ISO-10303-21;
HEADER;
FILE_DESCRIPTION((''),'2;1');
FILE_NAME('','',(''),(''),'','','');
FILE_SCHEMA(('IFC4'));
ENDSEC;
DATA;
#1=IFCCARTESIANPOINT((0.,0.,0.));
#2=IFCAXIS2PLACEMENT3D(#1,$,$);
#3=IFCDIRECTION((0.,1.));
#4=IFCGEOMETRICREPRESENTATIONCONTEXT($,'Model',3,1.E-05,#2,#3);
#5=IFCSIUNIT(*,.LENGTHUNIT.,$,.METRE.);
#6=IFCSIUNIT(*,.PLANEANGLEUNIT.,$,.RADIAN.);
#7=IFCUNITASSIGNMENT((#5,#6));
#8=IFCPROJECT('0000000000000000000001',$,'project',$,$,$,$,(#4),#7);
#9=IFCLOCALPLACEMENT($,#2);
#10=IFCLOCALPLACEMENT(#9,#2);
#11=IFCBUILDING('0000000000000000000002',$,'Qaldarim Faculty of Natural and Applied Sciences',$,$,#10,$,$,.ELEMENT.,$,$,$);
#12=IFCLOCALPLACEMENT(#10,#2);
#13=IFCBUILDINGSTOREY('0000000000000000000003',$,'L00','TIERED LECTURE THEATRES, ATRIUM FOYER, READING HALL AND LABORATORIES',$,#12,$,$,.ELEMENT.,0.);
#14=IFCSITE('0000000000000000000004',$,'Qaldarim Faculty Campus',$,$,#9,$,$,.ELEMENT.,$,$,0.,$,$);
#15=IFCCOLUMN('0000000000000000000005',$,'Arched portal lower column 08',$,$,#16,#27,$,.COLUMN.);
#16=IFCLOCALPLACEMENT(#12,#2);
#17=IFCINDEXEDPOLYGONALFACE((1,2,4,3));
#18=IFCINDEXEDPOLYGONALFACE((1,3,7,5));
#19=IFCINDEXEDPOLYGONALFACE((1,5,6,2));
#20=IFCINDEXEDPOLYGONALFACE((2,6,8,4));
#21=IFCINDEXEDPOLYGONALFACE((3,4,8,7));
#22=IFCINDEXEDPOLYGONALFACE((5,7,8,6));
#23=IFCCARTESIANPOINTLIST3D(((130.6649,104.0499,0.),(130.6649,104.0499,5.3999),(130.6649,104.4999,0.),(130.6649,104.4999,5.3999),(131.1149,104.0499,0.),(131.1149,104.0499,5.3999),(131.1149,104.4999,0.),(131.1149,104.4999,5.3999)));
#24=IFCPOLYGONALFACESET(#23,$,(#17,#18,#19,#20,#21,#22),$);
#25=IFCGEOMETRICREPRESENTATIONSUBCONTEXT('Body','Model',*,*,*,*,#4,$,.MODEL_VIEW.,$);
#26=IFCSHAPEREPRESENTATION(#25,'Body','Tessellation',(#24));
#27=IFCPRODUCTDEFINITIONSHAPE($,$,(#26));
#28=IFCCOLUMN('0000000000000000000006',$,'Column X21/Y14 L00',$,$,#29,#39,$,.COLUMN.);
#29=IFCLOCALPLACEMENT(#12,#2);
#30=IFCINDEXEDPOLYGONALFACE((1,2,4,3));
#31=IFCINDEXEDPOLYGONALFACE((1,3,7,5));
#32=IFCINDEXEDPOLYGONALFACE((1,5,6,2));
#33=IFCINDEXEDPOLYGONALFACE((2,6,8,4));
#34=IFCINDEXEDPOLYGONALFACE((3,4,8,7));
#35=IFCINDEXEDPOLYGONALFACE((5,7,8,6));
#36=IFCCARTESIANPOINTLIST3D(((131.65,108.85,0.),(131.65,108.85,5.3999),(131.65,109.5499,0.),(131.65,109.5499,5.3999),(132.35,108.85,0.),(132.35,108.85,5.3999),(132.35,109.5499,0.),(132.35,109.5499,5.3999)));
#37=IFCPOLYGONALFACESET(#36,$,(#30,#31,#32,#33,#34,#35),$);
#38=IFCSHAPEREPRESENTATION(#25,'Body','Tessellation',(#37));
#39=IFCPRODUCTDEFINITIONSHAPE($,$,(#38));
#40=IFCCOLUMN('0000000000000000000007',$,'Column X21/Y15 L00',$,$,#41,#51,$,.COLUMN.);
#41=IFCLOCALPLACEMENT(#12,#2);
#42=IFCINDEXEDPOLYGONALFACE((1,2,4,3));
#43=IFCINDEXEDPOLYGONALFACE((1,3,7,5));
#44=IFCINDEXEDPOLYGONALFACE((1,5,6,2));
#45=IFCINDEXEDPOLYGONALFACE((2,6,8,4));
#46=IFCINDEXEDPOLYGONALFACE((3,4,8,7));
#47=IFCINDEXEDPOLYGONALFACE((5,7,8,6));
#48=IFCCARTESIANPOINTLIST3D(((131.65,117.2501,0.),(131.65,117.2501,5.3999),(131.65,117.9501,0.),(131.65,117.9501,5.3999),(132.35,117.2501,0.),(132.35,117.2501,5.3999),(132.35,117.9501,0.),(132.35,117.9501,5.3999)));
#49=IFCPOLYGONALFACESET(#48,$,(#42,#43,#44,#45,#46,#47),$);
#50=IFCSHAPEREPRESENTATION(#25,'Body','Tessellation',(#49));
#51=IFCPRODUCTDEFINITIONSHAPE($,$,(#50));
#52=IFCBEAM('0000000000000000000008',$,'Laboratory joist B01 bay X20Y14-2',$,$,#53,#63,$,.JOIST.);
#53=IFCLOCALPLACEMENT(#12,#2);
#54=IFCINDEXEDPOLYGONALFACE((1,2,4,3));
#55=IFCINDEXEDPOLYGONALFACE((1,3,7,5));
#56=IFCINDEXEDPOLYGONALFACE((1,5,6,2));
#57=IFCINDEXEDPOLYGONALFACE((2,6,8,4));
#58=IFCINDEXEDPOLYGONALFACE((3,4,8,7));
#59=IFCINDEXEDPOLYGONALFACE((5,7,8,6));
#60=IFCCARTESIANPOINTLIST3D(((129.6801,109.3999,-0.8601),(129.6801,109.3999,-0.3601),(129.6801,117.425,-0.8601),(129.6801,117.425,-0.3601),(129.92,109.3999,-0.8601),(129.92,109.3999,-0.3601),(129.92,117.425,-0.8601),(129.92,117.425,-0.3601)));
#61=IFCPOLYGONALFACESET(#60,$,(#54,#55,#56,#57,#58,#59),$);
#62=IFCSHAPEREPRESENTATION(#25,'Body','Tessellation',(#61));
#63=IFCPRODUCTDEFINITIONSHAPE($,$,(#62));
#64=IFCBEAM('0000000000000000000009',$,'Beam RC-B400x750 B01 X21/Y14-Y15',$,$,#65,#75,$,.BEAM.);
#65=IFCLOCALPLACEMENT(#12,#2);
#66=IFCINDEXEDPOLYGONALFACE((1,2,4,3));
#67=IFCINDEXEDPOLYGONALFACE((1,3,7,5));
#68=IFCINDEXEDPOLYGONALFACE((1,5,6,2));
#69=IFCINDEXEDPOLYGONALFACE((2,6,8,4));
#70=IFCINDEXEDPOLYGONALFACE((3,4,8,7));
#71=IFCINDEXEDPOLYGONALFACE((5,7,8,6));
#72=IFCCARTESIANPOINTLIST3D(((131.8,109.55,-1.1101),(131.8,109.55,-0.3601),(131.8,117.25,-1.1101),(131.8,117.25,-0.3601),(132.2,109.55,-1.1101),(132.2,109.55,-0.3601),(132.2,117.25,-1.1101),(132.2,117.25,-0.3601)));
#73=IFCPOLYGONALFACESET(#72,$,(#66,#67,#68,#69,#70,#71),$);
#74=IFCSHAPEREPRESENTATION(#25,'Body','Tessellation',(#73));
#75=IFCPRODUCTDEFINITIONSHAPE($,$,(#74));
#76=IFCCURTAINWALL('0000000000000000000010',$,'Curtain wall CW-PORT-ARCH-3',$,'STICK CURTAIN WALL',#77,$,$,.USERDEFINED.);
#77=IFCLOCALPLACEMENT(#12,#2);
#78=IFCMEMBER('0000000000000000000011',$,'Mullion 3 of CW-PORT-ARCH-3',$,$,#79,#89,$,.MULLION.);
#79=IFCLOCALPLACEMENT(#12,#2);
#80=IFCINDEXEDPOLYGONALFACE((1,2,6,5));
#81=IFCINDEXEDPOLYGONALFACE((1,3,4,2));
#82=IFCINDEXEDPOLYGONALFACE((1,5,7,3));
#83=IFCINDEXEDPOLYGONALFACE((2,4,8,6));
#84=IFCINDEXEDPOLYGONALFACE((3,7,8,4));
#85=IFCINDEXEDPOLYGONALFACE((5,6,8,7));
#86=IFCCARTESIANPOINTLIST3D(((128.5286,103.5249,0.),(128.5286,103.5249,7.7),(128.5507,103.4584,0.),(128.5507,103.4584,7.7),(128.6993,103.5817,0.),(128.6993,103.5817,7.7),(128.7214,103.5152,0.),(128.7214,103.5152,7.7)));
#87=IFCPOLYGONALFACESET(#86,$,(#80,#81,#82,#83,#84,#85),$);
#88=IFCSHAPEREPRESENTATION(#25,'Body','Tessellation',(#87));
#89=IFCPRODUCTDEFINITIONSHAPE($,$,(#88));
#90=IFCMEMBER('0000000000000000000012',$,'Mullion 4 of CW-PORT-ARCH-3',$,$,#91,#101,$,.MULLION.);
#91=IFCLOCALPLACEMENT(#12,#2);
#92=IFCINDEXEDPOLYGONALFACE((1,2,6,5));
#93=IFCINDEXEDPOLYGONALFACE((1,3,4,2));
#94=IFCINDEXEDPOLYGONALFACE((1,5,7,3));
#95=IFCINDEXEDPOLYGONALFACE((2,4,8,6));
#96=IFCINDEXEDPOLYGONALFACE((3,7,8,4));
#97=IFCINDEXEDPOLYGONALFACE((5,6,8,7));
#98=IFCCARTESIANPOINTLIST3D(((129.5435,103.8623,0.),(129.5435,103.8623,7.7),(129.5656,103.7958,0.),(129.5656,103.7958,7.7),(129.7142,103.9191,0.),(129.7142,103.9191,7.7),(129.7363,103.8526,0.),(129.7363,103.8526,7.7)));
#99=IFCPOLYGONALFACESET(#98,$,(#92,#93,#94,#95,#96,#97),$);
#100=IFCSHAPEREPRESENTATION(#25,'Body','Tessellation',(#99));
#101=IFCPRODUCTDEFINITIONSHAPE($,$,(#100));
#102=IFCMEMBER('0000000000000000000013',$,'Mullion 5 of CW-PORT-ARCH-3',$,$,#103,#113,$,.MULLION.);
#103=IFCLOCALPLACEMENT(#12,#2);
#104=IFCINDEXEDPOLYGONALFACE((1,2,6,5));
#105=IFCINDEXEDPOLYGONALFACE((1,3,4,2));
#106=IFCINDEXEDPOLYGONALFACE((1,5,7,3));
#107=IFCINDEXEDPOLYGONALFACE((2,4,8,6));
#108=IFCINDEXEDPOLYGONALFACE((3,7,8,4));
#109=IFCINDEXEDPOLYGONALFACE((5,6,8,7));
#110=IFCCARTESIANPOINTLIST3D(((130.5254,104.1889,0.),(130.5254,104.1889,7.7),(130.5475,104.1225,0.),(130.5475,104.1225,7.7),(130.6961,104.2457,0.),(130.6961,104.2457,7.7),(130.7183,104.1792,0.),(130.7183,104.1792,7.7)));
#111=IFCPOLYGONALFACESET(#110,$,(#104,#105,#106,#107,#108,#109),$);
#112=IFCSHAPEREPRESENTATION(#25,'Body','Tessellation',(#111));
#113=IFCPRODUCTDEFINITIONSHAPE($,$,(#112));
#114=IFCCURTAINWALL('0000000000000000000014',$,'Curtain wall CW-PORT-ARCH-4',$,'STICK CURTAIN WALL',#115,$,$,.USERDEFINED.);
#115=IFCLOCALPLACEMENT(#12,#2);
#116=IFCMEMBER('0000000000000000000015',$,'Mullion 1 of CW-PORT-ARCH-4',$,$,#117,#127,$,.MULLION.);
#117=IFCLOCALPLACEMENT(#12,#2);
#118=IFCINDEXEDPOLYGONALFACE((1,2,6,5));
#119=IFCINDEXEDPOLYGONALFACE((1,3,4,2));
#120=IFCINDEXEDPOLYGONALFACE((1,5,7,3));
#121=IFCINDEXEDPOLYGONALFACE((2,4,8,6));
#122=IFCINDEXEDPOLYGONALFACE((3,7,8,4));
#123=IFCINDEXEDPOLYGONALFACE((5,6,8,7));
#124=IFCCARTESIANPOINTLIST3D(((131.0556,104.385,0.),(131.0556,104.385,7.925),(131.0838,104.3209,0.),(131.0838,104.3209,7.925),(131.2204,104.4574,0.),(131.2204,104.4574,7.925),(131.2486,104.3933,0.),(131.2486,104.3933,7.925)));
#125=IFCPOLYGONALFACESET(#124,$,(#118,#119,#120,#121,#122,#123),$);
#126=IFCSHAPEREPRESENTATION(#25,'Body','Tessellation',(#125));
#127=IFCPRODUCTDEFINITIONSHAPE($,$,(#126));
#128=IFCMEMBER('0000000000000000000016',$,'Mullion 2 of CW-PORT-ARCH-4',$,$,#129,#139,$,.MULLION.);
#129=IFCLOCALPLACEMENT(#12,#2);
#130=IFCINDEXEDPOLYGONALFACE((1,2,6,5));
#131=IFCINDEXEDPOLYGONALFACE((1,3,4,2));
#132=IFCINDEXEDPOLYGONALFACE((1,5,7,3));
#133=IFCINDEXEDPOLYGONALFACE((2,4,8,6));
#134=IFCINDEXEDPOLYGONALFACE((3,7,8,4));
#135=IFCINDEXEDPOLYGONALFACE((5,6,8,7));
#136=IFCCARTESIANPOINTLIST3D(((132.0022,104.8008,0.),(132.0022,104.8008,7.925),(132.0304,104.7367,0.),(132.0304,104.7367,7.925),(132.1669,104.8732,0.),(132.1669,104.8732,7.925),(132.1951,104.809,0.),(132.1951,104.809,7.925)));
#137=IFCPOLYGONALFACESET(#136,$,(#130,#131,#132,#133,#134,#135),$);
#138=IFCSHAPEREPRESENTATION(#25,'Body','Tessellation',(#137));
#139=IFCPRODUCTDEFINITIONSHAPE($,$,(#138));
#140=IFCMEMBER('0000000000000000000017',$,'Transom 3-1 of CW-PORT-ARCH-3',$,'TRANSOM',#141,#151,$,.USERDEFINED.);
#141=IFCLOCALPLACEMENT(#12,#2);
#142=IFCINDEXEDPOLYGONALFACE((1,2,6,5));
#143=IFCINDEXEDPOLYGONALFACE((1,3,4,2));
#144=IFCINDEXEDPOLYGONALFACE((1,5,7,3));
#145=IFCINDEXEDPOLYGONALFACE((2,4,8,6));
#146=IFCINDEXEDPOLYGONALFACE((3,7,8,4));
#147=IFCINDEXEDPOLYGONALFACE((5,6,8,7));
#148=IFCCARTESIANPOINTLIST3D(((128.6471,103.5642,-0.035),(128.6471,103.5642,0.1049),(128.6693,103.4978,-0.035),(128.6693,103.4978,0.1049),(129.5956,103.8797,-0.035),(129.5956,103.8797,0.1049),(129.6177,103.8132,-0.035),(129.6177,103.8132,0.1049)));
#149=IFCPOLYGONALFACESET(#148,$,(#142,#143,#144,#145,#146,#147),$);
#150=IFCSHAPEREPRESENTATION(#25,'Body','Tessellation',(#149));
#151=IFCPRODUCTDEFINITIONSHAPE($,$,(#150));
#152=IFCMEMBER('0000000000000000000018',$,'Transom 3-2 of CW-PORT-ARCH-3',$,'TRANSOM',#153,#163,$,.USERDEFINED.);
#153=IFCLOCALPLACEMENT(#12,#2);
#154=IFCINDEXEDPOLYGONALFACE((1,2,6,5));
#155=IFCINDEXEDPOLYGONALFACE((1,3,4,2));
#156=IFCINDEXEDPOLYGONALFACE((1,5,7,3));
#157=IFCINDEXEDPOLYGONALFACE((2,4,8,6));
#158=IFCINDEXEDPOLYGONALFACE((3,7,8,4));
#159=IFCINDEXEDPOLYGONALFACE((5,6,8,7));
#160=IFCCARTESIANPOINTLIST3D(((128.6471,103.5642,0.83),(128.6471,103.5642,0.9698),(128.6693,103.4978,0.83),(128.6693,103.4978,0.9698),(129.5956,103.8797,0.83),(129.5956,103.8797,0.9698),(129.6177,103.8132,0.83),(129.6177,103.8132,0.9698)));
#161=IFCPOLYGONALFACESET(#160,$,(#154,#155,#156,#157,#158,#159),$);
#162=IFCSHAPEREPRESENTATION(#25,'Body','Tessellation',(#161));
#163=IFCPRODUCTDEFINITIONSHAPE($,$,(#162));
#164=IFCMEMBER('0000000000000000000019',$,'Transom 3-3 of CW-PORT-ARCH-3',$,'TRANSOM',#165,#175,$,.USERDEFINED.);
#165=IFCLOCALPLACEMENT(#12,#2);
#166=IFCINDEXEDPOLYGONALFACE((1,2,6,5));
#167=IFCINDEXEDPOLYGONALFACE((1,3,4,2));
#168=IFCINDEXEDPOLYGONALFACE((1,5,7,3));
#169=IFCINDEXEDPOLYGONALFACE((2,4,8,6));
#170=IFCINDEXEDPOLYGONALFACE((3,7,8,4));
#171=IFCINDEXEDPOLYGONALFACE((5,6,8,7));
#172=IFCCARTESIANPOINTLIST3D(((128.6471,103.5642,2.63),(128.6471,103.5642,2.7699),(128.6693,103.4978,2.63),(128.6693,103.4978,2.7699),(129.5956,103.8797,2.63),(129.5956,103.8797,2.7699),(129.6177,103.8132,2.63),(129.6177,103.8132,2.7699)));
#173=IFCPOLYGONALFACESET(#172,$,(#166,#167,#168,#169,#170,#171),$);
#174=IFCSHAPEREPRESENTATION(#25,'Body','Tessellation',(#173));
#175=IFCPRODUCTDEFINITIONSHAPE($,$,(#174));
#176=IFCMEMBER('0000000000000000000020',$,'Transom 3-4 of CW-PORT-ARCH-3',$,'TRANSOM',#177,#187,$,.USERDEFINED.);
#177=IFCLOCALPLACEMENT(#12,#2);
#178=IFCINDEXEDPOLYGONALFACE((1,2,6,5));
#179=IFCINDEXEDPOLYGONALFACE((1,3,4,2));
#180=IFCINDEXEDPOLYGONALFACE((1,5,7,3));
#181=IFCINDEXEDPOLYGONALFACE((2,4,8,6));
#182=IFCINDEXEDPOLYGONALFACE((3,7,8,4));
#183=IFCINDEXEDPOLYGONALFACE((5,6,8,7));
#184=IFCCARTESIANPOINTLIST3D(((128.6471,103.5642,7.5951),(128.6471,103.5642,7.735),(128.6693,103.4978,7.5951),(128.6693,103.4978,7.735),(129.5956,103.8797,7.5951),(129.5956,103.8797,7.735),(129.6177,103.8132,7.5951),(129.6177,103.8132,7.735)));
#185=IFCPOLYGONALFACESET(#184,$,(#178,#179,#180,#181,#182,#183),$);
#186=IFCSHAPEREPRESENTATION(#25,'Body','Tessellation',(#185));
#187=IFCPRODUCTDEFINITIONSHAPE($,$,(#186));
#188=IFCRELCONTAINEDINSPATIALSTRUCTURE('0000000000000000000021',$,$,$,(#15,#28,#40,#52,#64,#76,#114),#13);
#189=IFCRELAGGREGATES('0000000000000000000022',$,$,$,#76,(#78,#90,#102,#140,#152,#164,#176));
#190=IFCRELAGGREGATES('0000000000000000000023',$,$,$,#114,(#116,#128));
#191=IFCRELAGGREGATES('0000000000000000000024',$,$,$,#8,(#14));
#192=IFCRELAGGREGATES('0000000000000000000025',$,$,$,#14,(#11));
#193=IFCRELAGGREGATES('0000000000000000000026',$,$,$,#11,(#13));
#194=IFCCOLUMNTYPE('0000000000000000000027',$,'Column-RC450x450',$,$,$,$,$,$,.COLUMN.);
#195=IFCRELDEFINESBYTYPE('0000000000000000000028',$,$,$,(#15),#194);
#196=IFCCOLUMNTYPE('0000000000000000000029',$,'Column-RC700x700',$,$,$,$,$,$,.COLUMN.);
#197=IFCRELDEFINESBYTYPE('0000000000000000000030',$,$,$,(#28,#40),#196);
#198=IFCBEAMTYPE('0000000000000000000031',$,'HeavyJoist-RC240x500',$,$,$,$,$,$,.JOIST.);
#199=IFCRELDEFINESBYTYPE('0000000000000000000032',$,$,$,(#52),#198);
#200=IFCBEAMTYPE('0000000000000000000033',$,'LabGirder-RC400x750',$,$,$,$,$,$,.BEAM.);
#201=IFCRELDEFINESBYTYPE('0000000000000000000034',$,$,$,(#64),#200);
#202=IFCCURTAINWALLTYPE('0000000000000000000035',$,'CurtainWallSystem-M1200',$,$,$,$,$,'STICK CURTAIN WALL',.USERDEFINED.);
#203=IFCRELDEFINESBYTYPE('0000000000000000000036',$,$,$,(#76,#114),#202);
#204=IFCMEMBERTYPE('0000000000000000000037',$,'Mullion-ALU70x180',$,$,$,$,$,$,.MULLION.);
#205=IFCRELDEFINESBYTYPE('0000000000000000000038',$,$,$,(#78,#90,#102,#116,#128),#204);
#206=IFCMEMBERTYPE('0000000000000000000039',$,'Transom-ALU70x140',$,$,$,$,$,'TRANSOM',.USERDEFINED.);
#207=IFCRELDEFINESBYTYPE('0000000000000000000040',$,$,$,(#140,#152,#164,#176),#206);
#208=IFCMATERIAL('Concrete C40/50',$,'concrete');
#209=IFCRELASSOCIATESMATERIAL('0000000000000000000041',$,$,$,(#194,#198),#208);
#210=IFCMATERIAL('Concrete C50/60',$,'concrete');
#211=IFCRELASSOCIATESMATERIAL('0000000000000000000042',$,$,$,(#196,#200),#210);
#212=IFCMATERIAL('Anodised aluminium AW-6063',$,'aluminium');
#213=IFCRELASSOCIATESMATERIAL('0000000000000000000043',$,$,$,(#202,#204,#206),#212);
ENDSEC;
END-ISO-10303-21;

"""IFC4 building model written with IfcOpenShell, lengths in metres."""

from ifc_helpers import new_model, si_unit, direction, frame, origin, origin_2d, place, context, subcontext, project, spatial, rectangle, extrude, material, material_profile, profile_set, type_object, element, aggregate, save


model = new_model("IFC4")

# Units and contexts
model_context = context("Model", 3, precision=1e-05, world=origin(), true_north=direction((0.0, 1.0)))
body_context = subcontext(model_context, "Body", "Model", "MODEL_VIEW")
ifc_project = project(units=[si_unit("LENGTHUNIT", "METRE"), si_unit("PLANEANGLEUNIT", "RADIAN")], contexts=[model_context])

# Site, building, storey
site_placement = place(None, origin())
site = spatial("IfcSite", under=ifc_project, at=site_placement, Name="Qaldarim Faculty Campus", CompositionType="ELEMENT", RefElevation=0.0)
building_placement = place(site_placement, origin())
building = spatial("IfcBuilding", under=site, at=building_placement, Name="Qaldarim Faculty of Natural and Applied Sciences", CompositionType="ELEMENT")
storey_placement = place(building_placement, origin())
storey = spatial("IfcBuildingStorey", under=building, at=storey_placement, Name="L00", Description="TIERED LECTURE THEATRES, ATRIUM FOYER, READING HALL AND LABORATORIES", CompositionType="ELEMENT", Elevation=0.0)

# Columns
ifc_material_1 = material(Name="Concrete C40/50", Category="concrete")
ifc_material_profile_1 = material_profile(ifc_material_1, rectangle(XDim=0.45, YDim=0.45, at=origin_2d()), Name="RC-C450x450")
ifc_profile_set_1 = profile_set([ifc_material_profile_1], Name="Concrete C40/50")
column_type_1 = type_object("IfcColumnType", Name="Column-RC450x450", PredefinedType="COLUMN", material=ifc_profile_set_1)
column_placement = place(storey_placement, frame((130.8899, 104.2749, 0.0), z_axis=(0.0, 0.0, 1.0), x_axis=(1.0, 0.0, 0.0)))
element("IfcColumn", 1, at=column_placement, inside=storey, type_object=column_type_1, Name="Arched portal lower column 08", PredefinedType="COLUMN", context=body_context, shape_type="SweptSolid", body=[
    extrude(rectangle(XDim=0.45, YDim=0.45, at=origin_2d()), origin(), (0.0, 0.0, 1.0), 5.3999),
])
ifc_material_2 = material(Name="Concrete C50/60", Category="concrete")
ifc_material_profile_2 = material_profile(ifc_material_2, rectangle(XDim=0.7, YDim=0.7, at=origin_2d()), Name="RC-C700x700")
ifc_profile_set_2 = profile_set([ifc_material_profile_2], Name="Concrete C50/60")
column_type_2 = type_object("IfcColumnType", Name="Column-RC700x700", PredefinedType="COLUMN", material=ifc_profile_set_2)
for number, where, z_axis, x_axis, name in (
    (2, (132.0, 109.2, 0.0), (0.0, 0.0, 1.0), (1.0, 0.0, 0.0), "Column X21/Y14 L00"),
    (3, (132.0, 117.6001, 0.0), (0.0, 0.0, 1.0), (1.0, 0.0, 0.0), "Column X21/Y15 L00"),
):
    element("IfcColumn", number, at=place(storey_placement, frame(where, z_axis=z_axis, x_axis=x_axis)), inside=storey, type_object=column_type_2, Name=name, PredefinedType="COLUMN", context=body_context, shape_type="SweptSolid", body=[
        extrude(rectangle(XDim=0.7, YDim=0.7, at=origin_2d()), origin(), (0.0, 0.0, 1.0), 5.3999),
    ])

# Beams
ifc_material_profile_3 = material_profile(ifc_material_1, rectangle(XDim=0.24, YDim=0.5, at=origin_2d()), Name="RC-J240x500")
ifc_profile_set_3 = profile_set([ifc_material_profile_3], Name="Concrete C40/50")
beam_type_1 = type_object("IfcBeamType", Name="HeavyJoist-RC240x500", PredefinedType="JOIST", material=ifc_profile_set_3)
beam_1_placement = place(storey_placement, frame((129.8, 109.3999, -0.6101), z_axis=(0.0, 1.0, 0.0), x_axis=(-1.0, 0.0, 0.0)))
element("IfcBeam", 4, at=beam_1_placement, inside=storey, type_object=beam_type_1, Name="Laboratory joist B01 bay X20Y14-2", PredefinedType="JOIST", context=body_context, shape_type="SweptSolid", body=[
    extrude(rectangle(XDim=0.24, YDim=0.5, at=origin_2d()), origin(), (0.0, 0.0, 1.0), 8.0251),
])
ifc_material_profile_4 = material_profile(ifc_material_2, rectangle(XDim=0.3999, YDim=0.75, at=origin_2d()), Name="RC-B400x750")
ifc_profile_set_4 = profile_set([ifc_material_profile_4], Name="Concrete C50/60")
beam_type_2 = type_object("IfcBeamType", Name="LabGirder-RC400x750", PredefinedType="BEAM", material=ifc_profile_set_4)
beam_2_placement = place(storey_placement, frame((132.0, 109.55, -0.7351), z_axis=(0.0, 1.0, 0.0), x_axis=(-1.0, 0.0, 0.0)))
element("IfcBeam", 5, at=beam_2_placement, inside=storey, type_object=beam_type_2, Name="Beam RC-B400x750 B01 X21/Y14-Y15", PredefinedType="BEAM", context=body_context, shape_type="SweptSolid", body=[
    extrude(rectangle(XDim=0.3999, YDim=0.75, at=origin_2d()), origin(), (0.0, 0.0, 1.0), 7.7),
])

# Curtain walls, members
ifc_material_3 = material(Name="Anodised aluminium AW-6063", Category="aluminium")
curtain_wall_type = type_object("IfcCurtainWallType", Name="CurtainWallSystem-M1200", ElementType="STICK CURTAIN WALL", PredefinedType="USERDEFINED", material=ifc_material_3)
curtain_wall_1_placement = place(storey_placement, origin())
curtain_wall_1 = element("IfcCurtainWall", 6, at=curtain_wall_1_placement, inside=storey, type_object=curtain_wall_type, Name="Curtain wall CW-PORT-ARCH-3", ObjectType="STICK CURTAIN WALL", PredefinedType="USERDEFINED")
ifc_material_profile_5 = material_profile(ifc_material_3, rectangle(XDim=0.0701, YDim=0.1799, at=origin_2d()), Name="ALU-M70x180")
ifc_profile_set_5 = profile_set([ifc_material_profile_5], Name="Anodised aluminium AW-6063")
member_type_1 = type_object("IfcMemberType", Name="Mullion-ALU70x180", PredefinedType="MULLION", material=ifc_profile_set_5)
member_1_placement = place(storey_placement, frame((128.625, 103.52, 0.0), z_axis=(0.0, 0.0, 1.0), x_axis=(-0.315533, 0.948915, 0.0)))
member_1 = element("IfcMember", 7, at=member_1_placement, type_object=member_type_1, Name="Mullion 3 of CW-PORT-ARCH-3", PredefinedType="MULLION", context=body_context, shape_type="SweptSolid", body=[
    extrude(rectangle(XDim=0.0701, YDim=0.1799, at=origin_2d()), origin(), (0.0, 0.0, 1.0), 7.7),
])
member_2_placement = place(storey_placement, frame((129.6399, 103.8574, 0.0), z_axis=(0.0, 0.0, 1.0), x_axis=(-0.315533, 0.948915, 0.0)))
member_2 = element("IfcMember", 8, at=member_2_placement, type_object=member_type_1, Name="Mullion 4 of CW-PORT-ARCH-3", PredefinedType="MULLION", context=body_context, shape_type="SweptSolid", body=[
    extrude(rectangle(XDim=0.0701, YDim=0.1799, at=origin_2d()), origin(), (0.0, 0.0, 1.0), 7.7),
])
member_3_placement = place(storey_placement, frame((130.6218, 104.1841, 0.0), z_axis=(0.0, 0.0, 1.0), x_axis=(-0.315533, 0.948915, 0.0)))
member_3 = element("IfcMember", 9, at=member_3_placement, type_object=member_type_1, Name="Mullion 5 of CW-PORT-ARCH-3", PredefinedType="MULLION", context=body_context, shape_type="SweptSolid", body=[
    extrude(rectangle(XDim=0.0701, YDim=0.1799, at=origin_2d()), origin(), (0.0, 0.0, 1.0), 7.7),
])
curtain_wall_2_placement = place(storey_placement, origin())
curtain_wall_2 = element("IfcCurtainWall", 10, at=curtain_wall_2_placement, inside=storey, type_object=curtain_wall_type, Name="Curtain wall CW-PORT-ARCH-4", ObjectType="STICK CURTAIN WALL", PredefinedType="USERDEFINED")
member_4_placement = place(storey_placement, frame((131.1521, 104.3892, 0.0), z_axis=(0.0, 0.0, 1.0), x_axis=(-0.402235, 0.915536, 0.0)))
member_4 = element("IfcMember", 11, at=member_4_placement, type_object=member_type_1, Name="Mullion 1 of CW-PORT-ARCH-4", PredefinedType="MULLION", context=body_context, shape_type="SweptSolid", body=[
    extrude(rectangle(XDim=0.0701, YDim=0.1799, at=origin_2d()), origin(), (0.0, 0.0, 1.0), 7.925),
])
member_5_placement = place(storey_placement, frame((132.0986, 104.8049, 0.0), z_axis=(0.0, 0.0, 1.0), x_axis=(-0.402235, 0.915536, 0.0)))
member_5 = element("IfcMember", 12, at=member_5_placement, type_object=member_type_1, Name="Mullion 2 of CW-PORT-ARCH-4", PredefinedType="MULLION", context=body_context, shape_type="SweptSolid", body=[
    extrude(rectangle(XDim=0.0701, YDim=0.1799, at=origin_2d()), origin(), (0.0, 0.0, 1.0), 7.925),
])

# Members
ifc_material_profile_6 = material_profile(ifc_material_3, rectangle(XDim=0.0701, YDim=0.1399, at=origin_2d()), Name="ALU-T70x140")
ifc_profile_set_6 = profile_set([ifc_material_profile_6], Name="Anodised aluminium AW-6063")
member_type_2 = type_object("IfcMemberType", Name="Transom-ALU70x140", ElementType="TRANSOM", PredefinedType="USERDEFINED", material=ifc_profile_set_6)
member_6_placement = place(storey_placement, frame((128.6582, 103.531, 0.0349), z_axis=(0.948903, 0.315568, 0.0), x_axis=(-0.315568, 0.948903, 0.0)))
member_6 = element("IfcMember", 13, at=member_6_placement, type_object=member_type_2, Name="Transom 3-1 of CW-PORT-ARCH-3", ObjectType="TRANSOM", PredefinedType="USERDEFINED", context=body_context, shape_type="SweptSolid", body=[
    extrude(rectangle(XDim=0.0701, YDim=0.1399, at=origin_2d()), origin(), (0.0, 0.0, 1.0), 0.9995),
])
member_7_placement = place(storey_placement, frame((128.6582, 103.531, 0.8999), z_axis=(0.948903, 0.315568, 0.0), x_axis=(-0.315568, 0.948903, 0.0)))
member_7 = element("IfcMember", 14, at=member_7_placement, type_object=member_type_2, Name="Transom 3-2 of CW-PORT-ARCH-3", ObjectType="TRANSOM", PredefinedType="USERDEFINED", context=body_context, shape_type="SweptSolid", body=[
    extrude(rectangle(XDim=0.0701, YDim=0.1399, at=origin_2d()), origin(), (0.0, 0.0, 1.0), 0.9995),
])
member_8_placement = place(storey_placement, frame((128.6582, 103.531, 2.7), z_axis=(0.948903, 0.315568, 0.0), x_axis=(-0.315568, 0.948903, 0.0)))
member_8 = element("IfcMember", 15, at=member_8_placement, type_object=member_type_2, Name="Transom 3-3 of CW-PORT-ARCH-3", ObjectType="TRANSOM", PredefinedType="USERDEFINED", context=body_context, shape_type="SweptSolid", body=[
    extrude(rectangle(XDim=0.0701, YDim=0.1399, at=origin_2d()), origin(), (0.0, 0.0, 1.0), 0.9995),
])
member_9_placement = place(storey_placement, frame((128.6582, 103.531, 7.665), z_axis=(0.948903, 0.315568, 0.0), x_axis=(-0.315568, 0.948903, 0.0)))
member_9 = element("IfcMember", 16, at=member_9_placement, type_object=member_type_2, Name="Transom 3-4 of CW-PORT-ARCH-3", ObjectType="TRANSOM", PredefinedType="USERDEFINED", context=body_context, shape_type="SweptSolid", body=[
    extrude(rectangle(XDim=0.0701, YDim=0.1399, at=origin_2d()), origin(), (0.0, 0.0, 1.0), 0.9995),
])

aggregate(curtain_wall_1, [member_1, member_2, member_3, member_6, member_7, member_8, member_9])
aggregate(curtain_wall_2, [member_4, member_5])

save(model, "model.ifc")
